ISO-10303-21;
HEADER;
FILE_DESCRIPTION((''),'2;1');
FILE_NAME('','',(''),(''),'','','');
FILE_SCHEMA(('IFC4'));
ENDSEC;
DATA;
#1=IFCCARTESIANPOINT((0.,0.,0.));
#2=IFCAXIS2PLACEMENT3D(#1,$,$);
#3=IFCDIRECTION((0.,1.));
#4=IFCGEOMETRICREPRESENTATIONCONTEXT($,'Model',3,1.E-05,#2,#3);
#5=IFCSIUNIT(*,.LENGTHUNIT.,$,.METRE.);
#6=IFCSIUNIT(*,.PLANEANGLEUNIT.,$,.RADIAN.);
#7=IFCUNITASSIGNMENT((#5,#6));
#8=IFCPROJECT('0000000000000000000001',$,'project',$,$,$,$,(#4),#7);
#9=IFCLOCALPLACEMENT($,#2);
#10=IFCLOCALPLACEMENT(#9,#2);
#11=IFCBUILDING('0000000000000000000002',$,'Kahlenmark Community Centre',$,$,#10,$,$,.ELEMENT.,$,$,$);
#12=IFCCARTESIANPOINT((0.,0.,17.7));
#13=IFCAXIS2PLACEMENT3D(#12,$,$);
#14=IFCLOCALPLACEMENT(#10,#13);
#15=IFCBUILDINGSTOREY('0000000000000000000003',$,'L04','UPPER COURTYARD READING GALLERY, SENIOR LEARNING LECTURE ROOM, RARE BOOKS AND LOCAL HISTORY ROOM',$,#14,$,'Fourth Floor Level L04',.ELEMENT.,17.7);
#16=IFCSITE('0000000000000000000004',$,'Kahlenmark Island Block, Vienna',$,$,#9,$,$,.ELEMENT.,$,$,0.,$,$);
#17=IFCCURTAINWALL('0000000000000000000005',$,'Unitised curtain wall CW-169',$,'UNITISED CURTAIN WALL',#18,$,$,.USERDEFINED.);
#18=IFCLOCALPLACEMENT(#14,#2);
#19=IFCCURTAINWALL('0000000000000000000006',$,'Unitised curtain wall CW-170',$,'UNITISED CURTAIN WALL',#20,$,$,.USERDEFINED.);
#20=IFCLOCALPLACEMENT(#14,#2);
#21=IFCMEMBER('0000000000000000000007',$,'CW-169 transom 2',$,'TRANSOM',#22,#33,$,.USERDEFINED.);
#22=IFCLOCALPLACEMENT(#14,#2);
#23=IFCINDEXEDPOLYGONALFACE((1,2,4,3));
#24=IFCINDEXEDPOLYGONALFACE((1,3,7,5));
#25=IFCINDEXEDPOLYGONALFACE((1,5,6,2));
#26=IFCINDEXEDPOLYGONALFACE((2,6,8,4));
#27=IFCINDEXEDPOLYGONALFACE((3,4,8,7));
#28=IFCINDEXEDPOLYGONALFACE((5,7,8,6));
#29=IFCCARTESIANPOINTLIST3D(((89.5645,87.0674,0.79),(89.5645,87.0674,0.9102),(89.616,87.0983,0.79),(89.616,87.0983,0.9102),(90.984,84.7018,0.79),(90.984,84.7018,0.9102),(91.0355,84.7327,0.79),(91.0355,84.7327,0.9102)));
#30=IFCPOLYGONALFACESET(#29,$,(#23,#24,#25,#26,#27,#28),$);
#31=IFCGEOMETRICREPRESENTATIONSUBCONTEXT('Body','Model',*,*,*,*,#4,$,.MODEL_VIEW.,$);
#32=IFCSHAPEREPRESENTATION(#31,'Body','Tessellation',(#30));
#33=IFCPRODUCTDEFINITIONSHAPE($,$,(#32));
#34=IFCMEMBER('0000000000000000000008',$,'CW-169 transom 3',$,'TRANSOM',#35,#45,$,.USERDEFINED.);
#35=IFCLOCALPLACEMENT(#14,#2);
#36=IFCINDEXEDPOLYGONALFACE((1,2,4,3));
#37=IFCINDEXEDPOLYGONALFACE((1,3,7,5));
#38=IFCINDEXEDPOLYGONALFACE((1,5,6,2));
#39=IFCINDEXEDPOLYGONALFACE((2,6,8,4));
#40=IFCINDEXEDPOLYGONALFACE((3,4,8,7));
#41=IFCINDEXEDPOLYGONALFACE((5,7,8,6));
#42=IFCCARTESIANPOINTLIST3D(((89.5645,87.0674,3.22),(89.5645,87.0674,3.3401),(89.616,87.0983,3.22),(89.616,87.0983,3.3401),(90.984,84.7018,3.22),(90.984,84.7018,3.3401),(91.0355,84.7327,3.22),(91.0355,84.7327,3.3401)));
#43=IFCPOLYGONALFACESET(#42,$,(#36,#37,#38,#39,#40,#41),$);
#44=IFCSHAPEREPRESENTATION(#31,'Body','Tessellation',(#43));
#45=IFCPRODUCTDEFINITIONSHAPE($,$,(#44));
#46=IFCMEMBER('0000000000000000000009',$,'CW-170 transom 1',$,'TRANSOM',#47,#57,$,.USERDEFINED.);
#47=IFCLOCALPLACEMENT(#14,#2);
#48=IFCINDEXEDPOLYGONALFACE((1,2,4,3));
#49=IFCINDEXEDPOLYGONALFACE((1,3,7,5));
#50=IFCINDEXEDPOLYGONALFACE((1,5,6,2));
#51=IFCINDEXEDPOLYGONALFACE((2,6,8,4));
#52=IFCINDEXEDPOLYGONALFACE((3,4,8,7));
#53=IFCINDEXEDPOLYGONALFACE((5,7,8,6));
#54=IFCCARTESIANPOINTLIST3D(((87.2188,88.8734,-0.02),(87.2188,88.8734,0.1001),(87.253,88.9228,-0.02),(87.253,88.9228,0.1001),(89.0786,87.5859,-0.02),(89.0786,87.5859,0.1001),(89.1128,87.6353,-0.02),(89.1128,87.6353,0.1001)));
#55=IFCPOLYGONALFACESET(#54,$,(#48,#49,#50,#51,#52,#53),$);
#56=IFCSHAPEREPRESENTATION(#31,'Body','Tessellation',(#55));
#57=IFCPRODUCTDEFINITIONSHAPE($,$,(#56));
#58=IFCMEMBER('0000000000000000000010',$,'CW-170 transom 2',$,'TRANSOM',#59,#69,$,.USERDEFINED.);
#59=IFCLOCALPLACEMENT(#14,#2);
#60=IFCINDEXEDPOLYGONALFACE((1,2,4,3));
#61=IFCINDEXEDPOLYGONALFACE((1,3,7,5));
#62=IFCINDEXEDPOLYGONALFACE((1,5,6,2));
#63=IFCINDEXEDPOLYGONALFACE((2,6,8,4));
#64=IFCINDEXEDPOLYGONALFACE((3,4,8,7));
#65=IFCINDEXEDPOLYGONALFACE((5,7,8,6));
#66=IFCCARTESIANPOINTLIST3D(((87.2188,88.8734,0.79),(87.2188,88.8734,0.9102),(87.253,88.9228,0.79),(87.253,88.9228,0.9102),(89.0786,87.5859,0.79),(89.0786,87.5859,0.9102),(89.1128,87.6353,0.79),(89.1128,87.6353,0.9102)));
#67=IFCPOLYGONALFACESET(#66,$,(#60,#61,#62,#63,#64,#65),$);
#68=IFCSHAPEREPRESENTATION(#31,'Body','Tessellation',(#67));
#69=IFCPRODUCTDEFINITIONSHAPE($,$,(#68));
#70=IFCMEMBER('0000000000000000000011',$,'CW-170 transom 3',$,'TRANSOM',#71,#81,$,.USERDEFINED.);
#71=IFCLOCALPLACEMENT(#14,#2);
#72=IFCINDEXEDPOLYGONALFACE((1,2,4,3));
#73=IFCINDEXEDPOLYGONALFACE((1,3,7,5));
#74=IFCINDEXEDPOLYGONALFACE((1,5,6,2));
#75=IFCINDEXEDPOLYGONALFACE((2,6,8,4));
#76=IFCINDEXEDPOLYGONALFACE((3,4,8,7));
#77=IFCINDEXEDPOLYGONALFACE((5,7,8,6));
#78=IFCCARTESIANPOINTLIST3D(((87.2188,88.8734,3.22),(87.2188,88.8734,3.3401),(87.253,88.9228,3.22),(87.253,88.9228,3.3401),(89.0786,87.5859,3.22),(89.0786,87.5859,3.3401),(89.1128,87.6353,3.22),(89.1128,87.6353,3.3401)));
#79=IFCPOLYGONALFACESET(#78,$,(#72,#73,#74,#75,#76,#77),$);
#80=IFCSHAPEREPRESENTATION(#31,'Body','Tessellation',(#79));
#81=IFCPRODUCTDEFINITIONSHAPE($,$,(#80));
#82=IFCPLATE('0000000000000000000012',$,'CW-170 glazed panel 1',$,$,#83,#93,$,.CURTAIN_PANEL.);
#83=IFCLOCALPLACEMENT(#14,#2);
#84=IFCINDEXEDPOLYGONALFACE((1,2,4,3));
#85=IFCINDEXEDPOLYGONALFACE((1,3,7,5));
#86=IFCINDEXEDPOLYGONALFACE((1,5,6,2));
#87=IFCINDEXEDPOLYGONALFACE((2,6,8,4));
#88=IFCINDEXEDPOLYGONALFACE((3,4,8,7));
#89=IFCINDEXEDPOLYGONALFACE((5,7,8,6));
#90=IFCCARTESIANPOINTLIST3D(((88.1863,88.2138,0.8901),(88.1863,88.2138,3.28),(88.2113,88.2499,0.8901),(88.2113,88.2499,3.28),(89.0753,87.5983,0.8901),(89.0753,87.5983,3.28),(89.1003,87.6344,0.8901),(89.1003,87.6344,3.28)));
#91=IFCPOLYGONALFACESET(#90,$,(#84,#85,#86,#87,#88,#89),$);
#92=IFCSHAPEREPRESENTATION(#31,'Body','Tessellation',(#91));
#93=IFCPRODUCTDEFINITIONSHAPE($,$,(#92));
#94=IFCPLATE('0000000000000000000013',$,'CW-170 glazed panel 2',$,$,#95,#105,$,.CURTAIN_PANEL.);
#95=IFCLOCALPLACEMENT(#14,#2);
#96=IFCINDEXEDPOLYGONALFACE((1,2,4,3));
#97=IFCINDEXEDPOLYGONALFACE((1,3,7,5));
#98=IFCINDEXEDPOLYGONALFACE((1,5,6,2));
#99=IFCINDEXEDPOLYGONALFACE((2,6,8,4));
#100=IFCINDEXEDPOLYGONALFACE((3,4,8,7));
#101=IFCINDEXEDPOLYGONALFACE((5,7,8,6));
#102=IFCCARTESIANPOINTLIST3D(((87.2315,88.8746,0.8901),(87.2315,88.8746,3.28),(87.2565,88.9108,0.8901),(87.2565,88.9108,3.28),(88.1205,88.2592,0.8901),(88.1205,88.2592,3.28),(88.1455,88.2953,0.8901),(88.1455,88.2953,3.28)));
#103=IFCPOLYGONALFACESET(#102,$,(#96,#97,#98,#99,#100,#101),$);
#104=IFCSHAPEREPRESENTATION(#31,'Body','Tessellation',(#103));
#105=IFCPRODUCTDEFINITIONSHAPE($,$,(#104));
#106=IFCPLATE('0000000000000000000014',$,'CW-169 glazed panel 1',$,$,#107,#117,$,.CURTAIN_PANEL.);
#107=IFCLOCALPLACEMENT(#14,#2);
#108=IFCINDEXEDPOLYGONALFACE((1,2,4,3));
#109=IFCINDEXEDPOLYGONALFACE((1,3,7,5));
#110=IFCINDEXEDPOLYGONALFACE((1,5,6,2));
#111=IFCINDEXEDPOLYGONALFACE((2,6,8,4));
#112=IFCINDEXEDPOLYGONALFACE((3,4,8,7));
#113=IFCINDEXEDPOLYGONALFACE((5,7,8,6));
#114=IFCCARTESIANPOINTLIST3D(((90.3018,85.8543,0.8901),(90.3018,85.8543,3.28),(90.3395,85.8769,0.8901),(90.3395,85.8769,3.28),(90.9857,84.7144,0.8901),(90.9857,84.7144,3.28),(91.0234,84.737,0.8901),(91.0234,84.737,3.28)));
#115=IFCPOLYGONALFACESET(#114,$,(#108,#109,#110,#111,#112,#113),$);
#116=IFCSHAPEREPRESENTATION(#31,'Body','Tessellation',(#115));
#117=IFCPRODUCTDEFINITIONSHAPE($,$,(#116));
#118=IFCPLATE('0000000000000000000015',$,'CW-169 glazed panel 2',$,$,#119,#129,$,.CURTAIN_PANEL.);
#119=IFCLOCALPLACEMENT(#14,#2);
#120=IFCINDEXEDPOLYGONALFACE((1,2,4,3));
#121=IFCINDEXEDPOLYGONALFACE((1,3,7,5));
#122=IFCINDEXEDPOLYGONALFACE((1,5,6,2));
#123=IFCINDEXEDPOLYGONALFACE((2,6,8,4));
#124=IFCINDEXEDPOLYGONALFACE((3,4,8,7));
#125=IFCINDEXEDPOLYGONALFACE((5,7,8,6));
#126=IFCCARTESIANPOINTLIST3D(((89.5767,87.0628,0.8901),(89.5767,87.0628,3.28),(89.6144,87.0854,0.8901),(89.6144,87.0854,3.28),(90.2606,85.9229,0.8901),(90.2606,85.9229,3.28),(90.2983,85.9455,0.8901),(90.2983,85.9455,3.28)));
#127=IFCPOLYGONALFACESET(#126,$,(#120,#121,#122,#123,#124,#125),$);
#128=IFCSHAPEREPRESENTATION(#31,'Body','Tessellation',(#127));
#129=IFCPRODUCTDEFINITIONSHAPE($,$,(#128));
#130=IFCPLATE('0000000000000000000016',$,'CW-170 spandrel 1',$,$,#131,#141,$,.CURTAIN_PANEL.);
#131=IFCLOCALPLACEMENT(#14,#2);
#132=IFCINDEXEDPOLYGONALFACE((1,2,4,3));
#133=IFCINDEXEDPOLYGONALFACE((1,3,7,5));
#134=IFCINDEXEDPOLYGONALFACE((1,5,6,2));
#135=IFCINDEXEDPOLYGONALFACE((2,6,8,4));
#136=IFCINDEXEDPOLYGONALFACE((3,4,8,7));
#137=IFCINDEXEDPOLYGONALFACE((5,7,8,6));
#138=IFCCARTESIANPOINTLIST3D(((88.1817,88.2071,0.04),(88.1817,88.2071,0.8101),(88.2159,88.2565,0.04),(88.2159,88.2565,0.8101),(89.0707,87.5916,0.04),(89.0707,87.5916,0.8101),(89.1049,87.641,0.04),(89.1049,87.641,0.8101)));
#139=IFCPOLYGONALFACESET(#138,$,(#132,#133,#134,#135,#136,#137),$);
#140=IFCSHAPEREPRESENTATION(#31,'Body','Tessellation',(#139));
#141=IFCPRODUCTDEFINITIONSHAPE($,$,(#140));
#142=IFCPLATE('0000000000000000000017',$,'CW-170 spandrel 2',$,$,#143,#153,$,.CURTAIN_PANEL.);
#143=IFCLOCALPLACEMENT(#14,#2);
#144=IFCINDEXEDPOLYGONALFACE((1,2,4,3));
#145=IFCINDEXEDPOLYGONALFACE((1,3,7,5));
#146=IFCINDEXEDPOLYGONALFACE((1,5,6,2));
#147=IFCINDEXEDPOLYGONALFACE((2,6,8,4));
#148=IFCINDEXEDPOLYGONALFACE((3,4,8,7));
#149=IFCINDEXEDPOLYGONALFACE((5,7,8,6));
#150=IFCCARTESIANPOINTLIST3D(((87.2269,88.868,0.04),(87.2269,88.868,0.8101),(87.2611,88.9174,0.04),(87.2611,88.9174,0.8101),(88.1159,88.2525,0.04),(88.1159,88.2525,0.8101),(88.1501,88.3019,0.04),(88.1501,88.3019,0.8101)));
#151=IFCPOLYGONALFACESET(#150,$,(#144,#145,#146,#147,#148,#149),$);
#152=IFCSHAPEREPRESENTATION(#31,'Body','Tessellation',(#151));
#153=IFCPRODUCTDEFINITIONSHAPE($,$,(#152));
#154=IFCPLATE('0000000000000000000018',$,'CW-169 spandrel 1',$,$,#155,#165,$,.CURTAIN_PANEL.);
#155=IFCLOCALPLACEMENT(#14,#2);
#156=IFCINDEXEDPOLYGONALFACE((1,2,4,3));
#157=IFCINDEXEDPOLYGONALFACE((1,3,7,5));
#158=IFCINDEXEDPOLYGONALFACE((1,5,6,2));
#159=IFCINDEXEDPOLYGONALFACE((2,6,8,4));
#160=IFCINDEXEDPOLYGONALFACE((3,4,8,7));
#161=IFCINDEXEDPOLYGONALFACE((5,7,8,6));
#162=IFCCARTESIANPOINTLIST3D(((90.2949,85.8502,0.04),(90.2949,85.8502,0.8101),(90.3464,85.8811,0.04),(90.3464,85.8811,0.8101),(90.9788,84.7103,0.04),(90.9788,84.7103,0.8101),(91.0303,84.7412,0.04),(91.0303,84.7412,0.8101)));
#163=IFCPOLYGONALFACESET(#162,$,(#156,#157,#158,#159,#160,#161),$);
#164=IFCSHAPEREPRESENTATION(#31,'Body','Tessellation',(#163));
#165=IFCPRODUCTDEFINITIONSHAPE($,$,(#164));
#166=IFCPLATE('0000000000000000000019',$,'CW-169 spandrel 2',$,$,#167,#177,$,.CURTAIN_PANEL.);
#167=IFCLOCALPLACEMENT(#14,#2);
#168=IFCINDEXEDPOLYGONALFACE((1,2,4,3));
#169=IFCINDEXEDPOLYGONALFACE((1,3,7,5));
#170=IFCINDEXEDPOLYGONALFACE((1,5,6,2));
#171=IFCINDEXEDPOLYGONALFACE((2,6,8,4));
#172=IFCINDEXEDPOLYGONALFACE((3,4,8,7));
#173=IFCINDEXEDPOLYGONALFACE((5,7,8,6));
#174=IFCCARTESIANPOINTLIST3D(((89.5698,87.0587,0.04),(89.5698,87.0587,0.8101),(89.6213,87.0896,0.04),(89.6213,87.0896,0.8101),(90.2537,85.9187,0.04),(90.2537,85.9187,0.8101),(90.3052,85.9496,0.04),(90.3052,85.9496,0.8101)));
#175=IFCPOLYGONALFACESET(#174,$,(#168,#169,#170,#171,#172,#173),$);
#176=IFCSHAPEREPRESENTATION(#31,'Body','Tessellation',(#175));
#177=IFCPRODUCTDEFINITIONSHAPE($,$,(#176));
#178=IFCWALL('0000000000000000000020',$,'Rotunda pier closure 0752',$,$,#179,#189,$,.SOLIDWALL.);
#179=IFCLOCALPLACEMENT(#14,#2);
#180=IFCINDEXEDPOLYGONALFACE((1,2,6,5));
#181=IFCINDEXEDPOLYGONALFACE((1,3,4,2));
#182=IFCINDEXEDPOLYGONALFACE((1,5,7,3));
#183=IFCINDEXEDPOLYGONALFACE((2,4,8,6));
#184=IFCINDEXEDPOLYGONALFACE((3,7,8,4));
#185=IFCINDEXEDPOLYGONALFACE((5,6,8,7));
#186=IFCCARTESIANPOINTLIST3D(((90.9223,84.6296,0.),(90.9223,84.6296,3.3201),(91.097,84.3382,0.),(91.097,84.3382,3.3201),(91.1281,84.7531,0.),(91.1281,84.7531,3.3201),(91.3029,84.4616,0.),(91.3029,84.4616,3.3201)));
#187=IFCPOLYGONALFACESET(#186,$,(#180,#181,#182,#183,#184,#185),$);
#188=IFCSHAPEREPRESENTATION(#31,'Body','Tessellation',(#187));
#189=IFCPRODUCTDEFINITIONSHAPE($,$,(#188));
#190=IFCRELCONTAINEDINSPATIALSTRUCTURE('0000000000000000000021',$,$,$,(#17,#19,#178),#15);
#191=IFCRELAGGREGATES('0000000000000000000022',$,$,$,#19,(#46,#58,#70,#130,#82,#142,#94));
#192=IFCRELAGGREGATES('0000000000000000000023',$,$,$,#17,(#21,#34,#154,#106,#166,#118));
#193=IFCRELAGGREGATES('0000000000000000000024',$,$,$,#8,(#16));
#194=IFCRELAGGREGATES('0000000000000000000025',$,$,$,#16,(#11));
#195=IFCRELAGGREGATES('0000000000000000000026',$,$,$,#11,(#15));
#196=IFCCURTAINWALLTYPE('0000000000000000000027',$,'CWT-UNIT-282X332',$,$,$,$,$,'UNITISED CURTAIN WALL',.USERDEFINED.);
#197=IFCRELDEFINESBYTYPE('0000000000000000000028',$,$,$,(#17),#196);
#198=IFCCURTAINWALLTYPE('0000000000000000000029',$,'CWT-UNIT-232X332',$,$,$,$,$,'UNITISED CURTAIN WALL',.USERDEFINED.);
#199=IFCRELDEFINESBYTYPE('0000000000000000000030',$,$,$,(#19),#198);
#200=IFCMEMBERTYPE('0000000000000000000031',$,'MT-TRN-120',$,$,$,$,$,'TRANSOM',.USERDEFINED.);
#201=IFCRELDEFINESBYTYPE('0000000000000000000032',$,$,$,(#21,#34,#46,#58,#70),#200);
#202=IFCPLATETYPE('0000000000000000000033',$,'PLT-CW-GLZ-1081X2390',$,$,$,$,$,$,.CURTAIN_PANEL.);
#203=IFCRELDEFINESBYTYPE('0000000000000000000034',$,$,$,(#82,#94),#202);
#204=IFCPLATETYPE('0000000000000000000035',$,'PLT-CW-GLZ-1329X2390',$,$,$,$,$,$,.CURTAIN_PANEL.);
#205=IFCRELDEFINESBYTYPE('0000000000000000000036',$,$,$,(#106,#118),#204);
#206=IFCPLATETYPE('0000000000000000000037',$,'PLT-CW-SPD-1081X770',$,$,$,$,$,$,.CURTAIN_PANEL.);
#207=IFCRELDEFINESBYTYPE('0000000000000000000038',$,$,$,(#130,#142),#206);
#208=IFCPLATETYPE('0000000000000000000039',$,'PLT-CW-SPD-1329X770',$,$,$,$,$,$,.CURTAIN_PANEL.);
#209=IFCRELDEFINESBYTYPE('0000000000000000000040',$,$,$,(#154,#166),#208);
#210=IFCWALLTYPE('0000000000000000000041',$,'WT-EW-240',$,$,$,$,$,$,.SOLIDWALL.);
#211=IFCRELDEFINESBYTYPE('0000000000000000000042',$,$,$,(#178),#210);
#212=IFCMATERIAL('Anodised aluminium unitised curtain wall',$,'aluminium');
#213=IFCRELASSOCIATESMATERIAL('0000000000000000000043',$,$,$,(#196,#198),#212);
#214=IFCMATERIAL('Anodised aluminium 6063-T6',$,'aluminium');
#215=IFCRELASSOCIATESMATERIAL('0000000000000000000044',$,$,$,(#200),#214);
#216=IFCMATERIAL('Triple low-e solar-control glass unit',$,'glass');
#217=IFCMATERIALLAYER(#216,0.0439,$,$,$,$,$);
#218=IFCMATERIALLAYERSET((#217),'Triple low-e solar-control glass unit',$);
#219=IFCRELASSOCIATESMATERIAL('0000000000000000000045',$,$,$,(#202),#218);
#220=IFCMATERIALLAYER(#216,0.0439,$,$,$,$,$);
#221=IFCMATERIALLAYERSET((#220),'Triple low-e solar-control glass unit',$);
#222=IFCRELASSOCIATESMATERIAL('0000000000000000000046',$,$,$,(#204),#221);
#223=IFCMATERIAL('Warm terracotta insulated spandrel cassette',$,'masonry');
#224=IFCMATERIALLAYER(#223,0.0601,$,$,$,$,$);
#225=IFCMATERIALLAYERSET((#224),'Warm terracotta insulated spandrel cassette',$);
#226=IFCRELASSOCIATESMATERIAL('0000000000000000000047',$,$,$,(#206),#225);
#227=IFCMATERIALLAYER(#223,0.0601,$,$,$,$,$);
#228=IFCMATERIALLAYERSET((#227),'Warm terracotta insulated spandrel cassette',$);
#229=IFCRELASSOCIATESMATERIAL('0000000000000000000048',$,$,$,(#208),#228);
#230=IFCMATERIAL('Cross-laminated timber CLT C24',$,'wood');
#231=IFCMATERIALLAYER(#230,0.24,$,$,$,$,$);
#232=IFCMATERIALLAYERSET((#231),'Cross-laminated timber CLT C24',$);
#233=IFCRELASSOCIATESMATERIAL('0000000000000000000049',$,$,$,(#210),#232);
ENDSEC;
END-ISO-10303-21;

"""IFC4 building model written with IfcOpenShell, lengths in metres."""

from ifc_helpers import new_model, si_unit, direction, frame, frame_2d, origin, origin_2d, place, context, subcontext, project, spatial, rectangle, extrude, material, layer, layer_set, material_profile, profile_set, type_object, element, aggregate, save


model = new_model("IFC4")

# Units and contexts
model_context = context("Model", 3, precision=1e-05, world=origin(), true_north=direction((0.0, 1.0)))
body_context = subcontext(model_context, "Body", "Model", "MODEL_VIEW")
ifc_project = project(units=[si_unit("LENGTHUNIT", "METRE"), si_unit("PLANEANGLEUNIT", "RADIAN")], contexts=[model_context])

# Site, building, storey
site_placement = place(None, origin())
site = spatial("IfcSite", under=ifc_project, at=site_placement, Name="Kahlenmark Island Block, Vienna", CompositionType="ELEMENT", RefElevation=0.0)
building_placement = place(site_placement, origin())
building = spatial("IfcBuilding", under=site, at=building_placement, Name="Kahlenmark Community Centre", CompositionType="ELEMENT")
storey_placement = place(building_placement, frame((0.0, 0.0, 17.7)))
storey = spatial("IfcBuildingStorey", under=building, at=storey_placement, Name="L04", Description="UPPER COURTYARD READING GALLERY, SENIOR LEARNING LECTURE ROOM, RARE BOOKS AND LOCAL HISTORY ROOM", LongName="Fourth Floor Level L04", CompositionType="ELEMENT", Elevation=17.7)

# Curtain walls
ifc_material_1 = material(Name="Anodised aluminium unitised curtain wall", Category="aluminium")
curtain_wall_type_1 = type_object("IfcCurtainWallType", Name="CWT-UNIT-282X332", ElementType="UNITISED CURTAIN WALL", PredefinedType="USERDEFINED", material=ifc_material_1)
curtain_wall_1_placement = place(storey_placement, origin())
curtain_wall_1 = element("IfcCurtainWall", 1, at=curtain_wall_1_placement, inside=storey, type_object=curtain_wall_type_1, Name="Unitised curtain wall CW-169", ObjectType="UNITISED CURTAIN WALL", PredefinedType="USERDEFINED")
ifc_material_2 = material(Name="Anodised aluminium 6063-T6", Category="aluminium")
curtain_wall_type_2 = type_object("IfcCurtainWallType", Name="CWT-UNIT-232X332", ElementType="UNITISED CURTAIN WALL", PredefinedType="USERDEFINED", material=ifc_material_1)
curtain_wall_2_placement = place(storey_placement, origin())
curtain_wall_2 = element("IfcCurtainWall", 2, at=curtain_wall_2_placement, inside=storey, type_object=curtain_wall_type_2, Name="Unitised curtain wall CW-170", ObjectType="UNITISED CURTAIN WALL", PredefinedType="USERDEFINED")

# Members
ifc_material_profile_1 = material_profile(ifc_material_2, rectangle(XDim=0.0601, YDim=0.1201, at=origin_2d()), Name="ALU TRANSOM 60x120")
ifc_profile_set_1 = profile_set([ifc_material_profile_1], Name="Anodised aluminium 6063-T6")
member_type_1 = type_object("IfcMemberType", Name="MT-TRN-120", ElementType="TRANSOM", PredefinedType="USERDEFINED", material=ifc_profile_set_1)
member_1_placement = place(storey_placement, frame((91.0098, 84.7173, 0.8501), z_axis=(-0.514535, 0.857469, 0.0), x_axis=(-0.857469, -0.514535, 0.0)))
member_1 = element("IfcMember", 3, at=member_1_placement, type_object=member_type_1, Name="CW-169 transom 2", ObjectType="TRANSOM", PredefinedType="USERDEFINED", context=body_context, shape_type="SweptSolid", body=[
    extrude(rectangle(XDim=0.0601, YDim=0.1201, at=origin_2d()), origin(), (0.0, 0.0, 1.0), 2.7588),
])
member_2_placement = place(storey_placement, frame((91.0098, 84.7173, 3.28), z_axis=(-0.514535, 0.857469, 0.0), x_axis=(-0.857469, -0.514535, 0.0)))
member_2 = element("IfcMember", 4, at=member_2_placement, type_object=member_type_1, Name="CW-169 transom 3", ObjectType="TRANSOM", PredefinedType="USERDEFINED", context=body_context, shape_type="SweptSolid", body=[
    extrude(rectangle(XDim=0.0601, YDim=0.1201, at=origin_2d()), origin(), (0.0, 0.0, 1.0), 2.7588),
])
member_3_placement = place(storey_placement, frame((89.0957, 87.6106, 0.04), z_axis=(-0.822192, 0.56921, 0.0), x_axis=(-0.56921, -0.822192, 0.0)))
member_3 = element("IfcMember", 5, at=member_3_placement, type_object=member_type_1, Name="CW-170 transom 1", ObjectType="TRANSOM", PredefinedType="USERDEFINED", context=body_context, shape_type="SweptSolid", body=[
    extrude(rectangle(XDim=0.0601, YDim=0.1201, at=origin_2d()), origin(), (0.0, 0.0, 1.0), 2.262),
])
member_4_placement = place(storey_placement, frame((89.0957, 87.6106, 0.8501), z_axis=(-0.822192, 0.56921, 0.0), x_axis=(-0.56921, -0.822192, 0.0)))
member_4 = element("IfcMember", 6, at=member_4_placement, type_object=member_type_1, Name="CW-170 transom 2", ObjectType="TRANSOM", PredefinedType="USERDEFINED", context=body_context, shape_type="SweptSolid", body=[
    extrude(rectangle(XDim=0.0601, YDim=0.1201, at=origin_2d()), origin(), (0.0, 0.0, 1.0), 2.262),
])
member_5_placement = place(storey_placement, frame((89.0957, 87.6106, 3.28), z_axis=(-0.822192, 0.56921, 0.0), x_axis=(-0.56921, -0.822192, 0.0)))
member_5 = element("IfcMember", 7, at=member_5_placement, type_object=member_type_1, Name="CW-170 transom 3", ObjectType="TRANSOM", PredefinedType="USERDEFINED", context=body_context, shape_type="SweptSolid", body=[
    extrude(rectangle(XDim=0.0601, YDim=0.1201, at=origin_2d()), origin(), (0.0, 0.0, 1.0), 2.262),
])

# Plates
ifc_material_3 = material(Name="Triple low-e solar-control glass unit", Category="glass")
ifc_layer_1 = layer(ifc_material_3, 0.0439)
ifc_layer_set_1 = layer_set([ifc_layer_1], Name="Triple low-e solar-control glass unit")
plate_type_1 = type_object("IfcPlateType", Name="PLT-CW-GLZ-1081X2390", PredefinedType="CURTAIN_PANEL", material=ifc_layer_set_1)
plate_1_placement = place(storey_placement, frame((88.6433, 87.9241, 0.8901), z_axis=(0.0, 0.0, 1.0), x_axis=(-0.822191, 0.569212, 0.0)))
plate_1 = element("IfcPlate", 8, at=plate_1_placement, type_object=plate_type_1, Name="CW-170 glazed panel 1", PredefinedType="CURTAIN_PANEL", context=body_context, shape_type="SweptSolid", body=[
    extrude(rectangle(XDim=1.0813, YDim=0.0439, at=origin_2d()), origin(), (0.0, 0.0, 1.0), 2.3899),
])
plate_2_placement = place(storey_placement, frame((87.6885, 88.585, 0.8901), z_axis=(0.0, 0.0, 1.0), x_axis=(-0.822191, 0.569212, 0.0)))
plate_2 = element("IfcPlate", 9, at=plate_2_placement, type_object=plate_type_1, Name="CW-170 glazed panel 2", PredefinedType="CURTAIN_PANEL", context=body_context, shape_type="SweptSolid", body=[
    extrude(rectangle(XDim=1.0813, YDim=0.0439, at=origin_2d()), origin(), (0.0, 0.0, 1.0), 2.3899),
])
ifc_layer_2 = layer(ifc_material_3, 0.0439)
ifc_layer_set_2 = layer_set([ifc_layer_2], Name="Triple low-e solar-control glass unit")
plate_type_2 = type_object("IfcPlateType", Name="PLT-CW-GLZ-1329X2390", PredefinedType="CURTAIN_PANEL", material=ifc_layer_set_2)
plate_3_placement = place(storey_placement, frame((90.6626, 85.2957, 0.8901), z_axis=(0.0, 0.0, 1.0), x_axis=(-0.514496, 0.857493, 0.0)))
plate_3 = element("IfcPlate", 10, at=plate_3_placement, type_object=plate_type_2, Name="CW-169 glazed panel 1", PredefinedType="CURTAIN_PANEL", context=body_context, shape_type="SweptSolid", body=[
    extrude(rectangle(XDim=1.3293, YDim=0.0439, at=origin_2d()), origin(), (0.0, 0.0, 1.0), 2.3899),
])
plate_4_placement = place(storey_placement, frame((89.9375, 86.5042, 0.8901), z_axis=(0.0, 0.0, 1.0), x_axis=(-0.514496, 0.857493, 0.0)))
plate_4 = element("IfcPlate", 11, at=plate_4_placement, type_object=plate_type_2, Name="CW-169 glazed panel 2", PredefinedType="CURTAIN_PANEL", context=body_context, shape_type="SweptSolid", body=[
    extrude(rectangle(XDim=1.3293, YDim=0.0439, at=origin_2d()), origin(), (0.0, 0.0, 1.0), 2.3899),
])
ifc_material_4 = material(Name="Warm terracotta insulated spandrel cassette", Category="masonry")
ifc_layer_3 = layer(ifc_material_4, 0.0601)
ifc_layer_set_3 = layer_set([ifc_layer_3], Name="Warm terracotta insulated spandrel cassette")
plate_type_3 = type_object("IfcPlateType", Name="PLT-CW-SPD-1081X770", PredefinedType="CURTAIN_PANEL", material=ifc_layer_set_3)
plate_5_placement = place(storey_placement, frame((88.6433, 87.9241, 0.04), z_axis=(0.0, 0.0, 1.0), x_axis=(-0.822191, 0.569212, 0.0)))
plate_5 = element("IfcPlate", 12, at=plate_5_placement, type_object=plate_type_3, Name="CW-170 spandrel 1", PredefinedType="CURTAIN_PANEL", context=body_context, shape_type="SweptSolid", body=[
    extrude(rectangle(XDim=1.0813, YDim=0.0601, at=origin_2d()), origin(), (0.0, 0.0, 1.0), 0.77),
])
plate_6_placement = place(storey_placement, frame((87.6885, 88.585, 0.04), z_axis=(0.0, 0.0, 1.0), x_axis=(-0.822191, 0.569212, 0.0)))
plate_6 = element("IfcPlate", 13, at=plate_6_placement, type_object=plate_type_3, Name="CW-170 spandrel 2", PredefinedType="CURTAIN_PANEL", context=body_context, shape_type="SweptSolid", body=[
    extrude(rectangle(XDim=1.0813, YDim=0.0601, at=origin_2d()), origin(), (0.0, 0.0, 1.0), 0.77),
])
aggregate(curtain_wall_2, [member_3, member_4, member_5, plate_5, plate_1, plate_6, plate_2])
ifc_layer_4 = layer(ifc_material_4, 0.0601)
ifc_layer_set_4 = layer_set([ifc_layer_4], Name="Warm terracotta insulated spandrel cassette")
plate_type_4 = type_object("IfcPlateType", Name="PLT-CW-SPD-1329X770", PredefinedType="CURTAIN_PANEL", material=ifc_layer_set_4)
plate_7_placement = place(storey_placement, frame((90.6626, 85.2957, 0.04), z_axis=(0.0, 0.0, 1.0), x_axis=(-0.514496, 0.857493, 0.0)))
plate_7 = element("IfcPlate", 14, at=plate_7_placement, type_object=plate_type_4, Name="CW-169 spandrel 1", PredefinedType="CURTAIN_PANEL", context=body_context, shape_type="SweptSolid", body=[
    extrude(rectangle(XDim=1.3293, YDim=0.0601, at=origin_2d()), origin(), (0.0, 0.0, 1.0), 0.77),
])
plate_8_placement = place(storey_placement, frame((89.9375, 86.5042, 0.04), z_axis=(0.0, 0.0, 1.0), x_axis=(-0.514496, 0.857493, 0.0)))
plate_8 = element("IfcPlate", 15, at=plate_8_placement, type_object=plate_type_4, Name="CW-169 spandrel 2", PredefinedType="CURTAIN_PANEL", context=body_context, shape_type="SweptSolid", body=[
    extrude(rectangle(XDim=1.3293, YDim=0.0601, at=origin_2d()), origin(), (0.0, 0.0, 1.0), 0.77),
])
aggregate(curtain_wall_1, [member_1, member_2, plate_7, plate_3, plate_8, plate_4])

# Wall
ifc_material_5 = material(Name="Cross-laminated timber CLT C24", Category="wood")
ifc_layer_5 = layer(ifc_material_5, 0.24)
ifc_layer_set_5 = layer_set([ifc_layer_5], Name="Cross-laminated timber CLT C24")
wall_type_1 = type_object("IfcWallType", Name="WT-EW-240", PredefinedType="SOLIDWALL", material=ifc_layer_set_5)
wall_1_placement = place(storey_placement, frame((91.2, 84.3999, 0.0), z_axis=(0.0, 0.0, 1.0), x_axis=(-0.514284, 0.85762, 0.0)))
element("IfcWall", 16, at=wall_1_placement, inside=storey, type_object=wall_type_1, Name="Rotunda pier closure 0752", PredefinedType="SOLIDWALL", context=body_context, shape_type="SweptSolid", body=[
    extrude(rectangle(XDim=0.3398, YDim=0.24, at=frame_2d((0.1699, 0.0))), origin(), (0.0, 0.0, 1.0), 3.3201),
])

save(model, "model.ifc")
